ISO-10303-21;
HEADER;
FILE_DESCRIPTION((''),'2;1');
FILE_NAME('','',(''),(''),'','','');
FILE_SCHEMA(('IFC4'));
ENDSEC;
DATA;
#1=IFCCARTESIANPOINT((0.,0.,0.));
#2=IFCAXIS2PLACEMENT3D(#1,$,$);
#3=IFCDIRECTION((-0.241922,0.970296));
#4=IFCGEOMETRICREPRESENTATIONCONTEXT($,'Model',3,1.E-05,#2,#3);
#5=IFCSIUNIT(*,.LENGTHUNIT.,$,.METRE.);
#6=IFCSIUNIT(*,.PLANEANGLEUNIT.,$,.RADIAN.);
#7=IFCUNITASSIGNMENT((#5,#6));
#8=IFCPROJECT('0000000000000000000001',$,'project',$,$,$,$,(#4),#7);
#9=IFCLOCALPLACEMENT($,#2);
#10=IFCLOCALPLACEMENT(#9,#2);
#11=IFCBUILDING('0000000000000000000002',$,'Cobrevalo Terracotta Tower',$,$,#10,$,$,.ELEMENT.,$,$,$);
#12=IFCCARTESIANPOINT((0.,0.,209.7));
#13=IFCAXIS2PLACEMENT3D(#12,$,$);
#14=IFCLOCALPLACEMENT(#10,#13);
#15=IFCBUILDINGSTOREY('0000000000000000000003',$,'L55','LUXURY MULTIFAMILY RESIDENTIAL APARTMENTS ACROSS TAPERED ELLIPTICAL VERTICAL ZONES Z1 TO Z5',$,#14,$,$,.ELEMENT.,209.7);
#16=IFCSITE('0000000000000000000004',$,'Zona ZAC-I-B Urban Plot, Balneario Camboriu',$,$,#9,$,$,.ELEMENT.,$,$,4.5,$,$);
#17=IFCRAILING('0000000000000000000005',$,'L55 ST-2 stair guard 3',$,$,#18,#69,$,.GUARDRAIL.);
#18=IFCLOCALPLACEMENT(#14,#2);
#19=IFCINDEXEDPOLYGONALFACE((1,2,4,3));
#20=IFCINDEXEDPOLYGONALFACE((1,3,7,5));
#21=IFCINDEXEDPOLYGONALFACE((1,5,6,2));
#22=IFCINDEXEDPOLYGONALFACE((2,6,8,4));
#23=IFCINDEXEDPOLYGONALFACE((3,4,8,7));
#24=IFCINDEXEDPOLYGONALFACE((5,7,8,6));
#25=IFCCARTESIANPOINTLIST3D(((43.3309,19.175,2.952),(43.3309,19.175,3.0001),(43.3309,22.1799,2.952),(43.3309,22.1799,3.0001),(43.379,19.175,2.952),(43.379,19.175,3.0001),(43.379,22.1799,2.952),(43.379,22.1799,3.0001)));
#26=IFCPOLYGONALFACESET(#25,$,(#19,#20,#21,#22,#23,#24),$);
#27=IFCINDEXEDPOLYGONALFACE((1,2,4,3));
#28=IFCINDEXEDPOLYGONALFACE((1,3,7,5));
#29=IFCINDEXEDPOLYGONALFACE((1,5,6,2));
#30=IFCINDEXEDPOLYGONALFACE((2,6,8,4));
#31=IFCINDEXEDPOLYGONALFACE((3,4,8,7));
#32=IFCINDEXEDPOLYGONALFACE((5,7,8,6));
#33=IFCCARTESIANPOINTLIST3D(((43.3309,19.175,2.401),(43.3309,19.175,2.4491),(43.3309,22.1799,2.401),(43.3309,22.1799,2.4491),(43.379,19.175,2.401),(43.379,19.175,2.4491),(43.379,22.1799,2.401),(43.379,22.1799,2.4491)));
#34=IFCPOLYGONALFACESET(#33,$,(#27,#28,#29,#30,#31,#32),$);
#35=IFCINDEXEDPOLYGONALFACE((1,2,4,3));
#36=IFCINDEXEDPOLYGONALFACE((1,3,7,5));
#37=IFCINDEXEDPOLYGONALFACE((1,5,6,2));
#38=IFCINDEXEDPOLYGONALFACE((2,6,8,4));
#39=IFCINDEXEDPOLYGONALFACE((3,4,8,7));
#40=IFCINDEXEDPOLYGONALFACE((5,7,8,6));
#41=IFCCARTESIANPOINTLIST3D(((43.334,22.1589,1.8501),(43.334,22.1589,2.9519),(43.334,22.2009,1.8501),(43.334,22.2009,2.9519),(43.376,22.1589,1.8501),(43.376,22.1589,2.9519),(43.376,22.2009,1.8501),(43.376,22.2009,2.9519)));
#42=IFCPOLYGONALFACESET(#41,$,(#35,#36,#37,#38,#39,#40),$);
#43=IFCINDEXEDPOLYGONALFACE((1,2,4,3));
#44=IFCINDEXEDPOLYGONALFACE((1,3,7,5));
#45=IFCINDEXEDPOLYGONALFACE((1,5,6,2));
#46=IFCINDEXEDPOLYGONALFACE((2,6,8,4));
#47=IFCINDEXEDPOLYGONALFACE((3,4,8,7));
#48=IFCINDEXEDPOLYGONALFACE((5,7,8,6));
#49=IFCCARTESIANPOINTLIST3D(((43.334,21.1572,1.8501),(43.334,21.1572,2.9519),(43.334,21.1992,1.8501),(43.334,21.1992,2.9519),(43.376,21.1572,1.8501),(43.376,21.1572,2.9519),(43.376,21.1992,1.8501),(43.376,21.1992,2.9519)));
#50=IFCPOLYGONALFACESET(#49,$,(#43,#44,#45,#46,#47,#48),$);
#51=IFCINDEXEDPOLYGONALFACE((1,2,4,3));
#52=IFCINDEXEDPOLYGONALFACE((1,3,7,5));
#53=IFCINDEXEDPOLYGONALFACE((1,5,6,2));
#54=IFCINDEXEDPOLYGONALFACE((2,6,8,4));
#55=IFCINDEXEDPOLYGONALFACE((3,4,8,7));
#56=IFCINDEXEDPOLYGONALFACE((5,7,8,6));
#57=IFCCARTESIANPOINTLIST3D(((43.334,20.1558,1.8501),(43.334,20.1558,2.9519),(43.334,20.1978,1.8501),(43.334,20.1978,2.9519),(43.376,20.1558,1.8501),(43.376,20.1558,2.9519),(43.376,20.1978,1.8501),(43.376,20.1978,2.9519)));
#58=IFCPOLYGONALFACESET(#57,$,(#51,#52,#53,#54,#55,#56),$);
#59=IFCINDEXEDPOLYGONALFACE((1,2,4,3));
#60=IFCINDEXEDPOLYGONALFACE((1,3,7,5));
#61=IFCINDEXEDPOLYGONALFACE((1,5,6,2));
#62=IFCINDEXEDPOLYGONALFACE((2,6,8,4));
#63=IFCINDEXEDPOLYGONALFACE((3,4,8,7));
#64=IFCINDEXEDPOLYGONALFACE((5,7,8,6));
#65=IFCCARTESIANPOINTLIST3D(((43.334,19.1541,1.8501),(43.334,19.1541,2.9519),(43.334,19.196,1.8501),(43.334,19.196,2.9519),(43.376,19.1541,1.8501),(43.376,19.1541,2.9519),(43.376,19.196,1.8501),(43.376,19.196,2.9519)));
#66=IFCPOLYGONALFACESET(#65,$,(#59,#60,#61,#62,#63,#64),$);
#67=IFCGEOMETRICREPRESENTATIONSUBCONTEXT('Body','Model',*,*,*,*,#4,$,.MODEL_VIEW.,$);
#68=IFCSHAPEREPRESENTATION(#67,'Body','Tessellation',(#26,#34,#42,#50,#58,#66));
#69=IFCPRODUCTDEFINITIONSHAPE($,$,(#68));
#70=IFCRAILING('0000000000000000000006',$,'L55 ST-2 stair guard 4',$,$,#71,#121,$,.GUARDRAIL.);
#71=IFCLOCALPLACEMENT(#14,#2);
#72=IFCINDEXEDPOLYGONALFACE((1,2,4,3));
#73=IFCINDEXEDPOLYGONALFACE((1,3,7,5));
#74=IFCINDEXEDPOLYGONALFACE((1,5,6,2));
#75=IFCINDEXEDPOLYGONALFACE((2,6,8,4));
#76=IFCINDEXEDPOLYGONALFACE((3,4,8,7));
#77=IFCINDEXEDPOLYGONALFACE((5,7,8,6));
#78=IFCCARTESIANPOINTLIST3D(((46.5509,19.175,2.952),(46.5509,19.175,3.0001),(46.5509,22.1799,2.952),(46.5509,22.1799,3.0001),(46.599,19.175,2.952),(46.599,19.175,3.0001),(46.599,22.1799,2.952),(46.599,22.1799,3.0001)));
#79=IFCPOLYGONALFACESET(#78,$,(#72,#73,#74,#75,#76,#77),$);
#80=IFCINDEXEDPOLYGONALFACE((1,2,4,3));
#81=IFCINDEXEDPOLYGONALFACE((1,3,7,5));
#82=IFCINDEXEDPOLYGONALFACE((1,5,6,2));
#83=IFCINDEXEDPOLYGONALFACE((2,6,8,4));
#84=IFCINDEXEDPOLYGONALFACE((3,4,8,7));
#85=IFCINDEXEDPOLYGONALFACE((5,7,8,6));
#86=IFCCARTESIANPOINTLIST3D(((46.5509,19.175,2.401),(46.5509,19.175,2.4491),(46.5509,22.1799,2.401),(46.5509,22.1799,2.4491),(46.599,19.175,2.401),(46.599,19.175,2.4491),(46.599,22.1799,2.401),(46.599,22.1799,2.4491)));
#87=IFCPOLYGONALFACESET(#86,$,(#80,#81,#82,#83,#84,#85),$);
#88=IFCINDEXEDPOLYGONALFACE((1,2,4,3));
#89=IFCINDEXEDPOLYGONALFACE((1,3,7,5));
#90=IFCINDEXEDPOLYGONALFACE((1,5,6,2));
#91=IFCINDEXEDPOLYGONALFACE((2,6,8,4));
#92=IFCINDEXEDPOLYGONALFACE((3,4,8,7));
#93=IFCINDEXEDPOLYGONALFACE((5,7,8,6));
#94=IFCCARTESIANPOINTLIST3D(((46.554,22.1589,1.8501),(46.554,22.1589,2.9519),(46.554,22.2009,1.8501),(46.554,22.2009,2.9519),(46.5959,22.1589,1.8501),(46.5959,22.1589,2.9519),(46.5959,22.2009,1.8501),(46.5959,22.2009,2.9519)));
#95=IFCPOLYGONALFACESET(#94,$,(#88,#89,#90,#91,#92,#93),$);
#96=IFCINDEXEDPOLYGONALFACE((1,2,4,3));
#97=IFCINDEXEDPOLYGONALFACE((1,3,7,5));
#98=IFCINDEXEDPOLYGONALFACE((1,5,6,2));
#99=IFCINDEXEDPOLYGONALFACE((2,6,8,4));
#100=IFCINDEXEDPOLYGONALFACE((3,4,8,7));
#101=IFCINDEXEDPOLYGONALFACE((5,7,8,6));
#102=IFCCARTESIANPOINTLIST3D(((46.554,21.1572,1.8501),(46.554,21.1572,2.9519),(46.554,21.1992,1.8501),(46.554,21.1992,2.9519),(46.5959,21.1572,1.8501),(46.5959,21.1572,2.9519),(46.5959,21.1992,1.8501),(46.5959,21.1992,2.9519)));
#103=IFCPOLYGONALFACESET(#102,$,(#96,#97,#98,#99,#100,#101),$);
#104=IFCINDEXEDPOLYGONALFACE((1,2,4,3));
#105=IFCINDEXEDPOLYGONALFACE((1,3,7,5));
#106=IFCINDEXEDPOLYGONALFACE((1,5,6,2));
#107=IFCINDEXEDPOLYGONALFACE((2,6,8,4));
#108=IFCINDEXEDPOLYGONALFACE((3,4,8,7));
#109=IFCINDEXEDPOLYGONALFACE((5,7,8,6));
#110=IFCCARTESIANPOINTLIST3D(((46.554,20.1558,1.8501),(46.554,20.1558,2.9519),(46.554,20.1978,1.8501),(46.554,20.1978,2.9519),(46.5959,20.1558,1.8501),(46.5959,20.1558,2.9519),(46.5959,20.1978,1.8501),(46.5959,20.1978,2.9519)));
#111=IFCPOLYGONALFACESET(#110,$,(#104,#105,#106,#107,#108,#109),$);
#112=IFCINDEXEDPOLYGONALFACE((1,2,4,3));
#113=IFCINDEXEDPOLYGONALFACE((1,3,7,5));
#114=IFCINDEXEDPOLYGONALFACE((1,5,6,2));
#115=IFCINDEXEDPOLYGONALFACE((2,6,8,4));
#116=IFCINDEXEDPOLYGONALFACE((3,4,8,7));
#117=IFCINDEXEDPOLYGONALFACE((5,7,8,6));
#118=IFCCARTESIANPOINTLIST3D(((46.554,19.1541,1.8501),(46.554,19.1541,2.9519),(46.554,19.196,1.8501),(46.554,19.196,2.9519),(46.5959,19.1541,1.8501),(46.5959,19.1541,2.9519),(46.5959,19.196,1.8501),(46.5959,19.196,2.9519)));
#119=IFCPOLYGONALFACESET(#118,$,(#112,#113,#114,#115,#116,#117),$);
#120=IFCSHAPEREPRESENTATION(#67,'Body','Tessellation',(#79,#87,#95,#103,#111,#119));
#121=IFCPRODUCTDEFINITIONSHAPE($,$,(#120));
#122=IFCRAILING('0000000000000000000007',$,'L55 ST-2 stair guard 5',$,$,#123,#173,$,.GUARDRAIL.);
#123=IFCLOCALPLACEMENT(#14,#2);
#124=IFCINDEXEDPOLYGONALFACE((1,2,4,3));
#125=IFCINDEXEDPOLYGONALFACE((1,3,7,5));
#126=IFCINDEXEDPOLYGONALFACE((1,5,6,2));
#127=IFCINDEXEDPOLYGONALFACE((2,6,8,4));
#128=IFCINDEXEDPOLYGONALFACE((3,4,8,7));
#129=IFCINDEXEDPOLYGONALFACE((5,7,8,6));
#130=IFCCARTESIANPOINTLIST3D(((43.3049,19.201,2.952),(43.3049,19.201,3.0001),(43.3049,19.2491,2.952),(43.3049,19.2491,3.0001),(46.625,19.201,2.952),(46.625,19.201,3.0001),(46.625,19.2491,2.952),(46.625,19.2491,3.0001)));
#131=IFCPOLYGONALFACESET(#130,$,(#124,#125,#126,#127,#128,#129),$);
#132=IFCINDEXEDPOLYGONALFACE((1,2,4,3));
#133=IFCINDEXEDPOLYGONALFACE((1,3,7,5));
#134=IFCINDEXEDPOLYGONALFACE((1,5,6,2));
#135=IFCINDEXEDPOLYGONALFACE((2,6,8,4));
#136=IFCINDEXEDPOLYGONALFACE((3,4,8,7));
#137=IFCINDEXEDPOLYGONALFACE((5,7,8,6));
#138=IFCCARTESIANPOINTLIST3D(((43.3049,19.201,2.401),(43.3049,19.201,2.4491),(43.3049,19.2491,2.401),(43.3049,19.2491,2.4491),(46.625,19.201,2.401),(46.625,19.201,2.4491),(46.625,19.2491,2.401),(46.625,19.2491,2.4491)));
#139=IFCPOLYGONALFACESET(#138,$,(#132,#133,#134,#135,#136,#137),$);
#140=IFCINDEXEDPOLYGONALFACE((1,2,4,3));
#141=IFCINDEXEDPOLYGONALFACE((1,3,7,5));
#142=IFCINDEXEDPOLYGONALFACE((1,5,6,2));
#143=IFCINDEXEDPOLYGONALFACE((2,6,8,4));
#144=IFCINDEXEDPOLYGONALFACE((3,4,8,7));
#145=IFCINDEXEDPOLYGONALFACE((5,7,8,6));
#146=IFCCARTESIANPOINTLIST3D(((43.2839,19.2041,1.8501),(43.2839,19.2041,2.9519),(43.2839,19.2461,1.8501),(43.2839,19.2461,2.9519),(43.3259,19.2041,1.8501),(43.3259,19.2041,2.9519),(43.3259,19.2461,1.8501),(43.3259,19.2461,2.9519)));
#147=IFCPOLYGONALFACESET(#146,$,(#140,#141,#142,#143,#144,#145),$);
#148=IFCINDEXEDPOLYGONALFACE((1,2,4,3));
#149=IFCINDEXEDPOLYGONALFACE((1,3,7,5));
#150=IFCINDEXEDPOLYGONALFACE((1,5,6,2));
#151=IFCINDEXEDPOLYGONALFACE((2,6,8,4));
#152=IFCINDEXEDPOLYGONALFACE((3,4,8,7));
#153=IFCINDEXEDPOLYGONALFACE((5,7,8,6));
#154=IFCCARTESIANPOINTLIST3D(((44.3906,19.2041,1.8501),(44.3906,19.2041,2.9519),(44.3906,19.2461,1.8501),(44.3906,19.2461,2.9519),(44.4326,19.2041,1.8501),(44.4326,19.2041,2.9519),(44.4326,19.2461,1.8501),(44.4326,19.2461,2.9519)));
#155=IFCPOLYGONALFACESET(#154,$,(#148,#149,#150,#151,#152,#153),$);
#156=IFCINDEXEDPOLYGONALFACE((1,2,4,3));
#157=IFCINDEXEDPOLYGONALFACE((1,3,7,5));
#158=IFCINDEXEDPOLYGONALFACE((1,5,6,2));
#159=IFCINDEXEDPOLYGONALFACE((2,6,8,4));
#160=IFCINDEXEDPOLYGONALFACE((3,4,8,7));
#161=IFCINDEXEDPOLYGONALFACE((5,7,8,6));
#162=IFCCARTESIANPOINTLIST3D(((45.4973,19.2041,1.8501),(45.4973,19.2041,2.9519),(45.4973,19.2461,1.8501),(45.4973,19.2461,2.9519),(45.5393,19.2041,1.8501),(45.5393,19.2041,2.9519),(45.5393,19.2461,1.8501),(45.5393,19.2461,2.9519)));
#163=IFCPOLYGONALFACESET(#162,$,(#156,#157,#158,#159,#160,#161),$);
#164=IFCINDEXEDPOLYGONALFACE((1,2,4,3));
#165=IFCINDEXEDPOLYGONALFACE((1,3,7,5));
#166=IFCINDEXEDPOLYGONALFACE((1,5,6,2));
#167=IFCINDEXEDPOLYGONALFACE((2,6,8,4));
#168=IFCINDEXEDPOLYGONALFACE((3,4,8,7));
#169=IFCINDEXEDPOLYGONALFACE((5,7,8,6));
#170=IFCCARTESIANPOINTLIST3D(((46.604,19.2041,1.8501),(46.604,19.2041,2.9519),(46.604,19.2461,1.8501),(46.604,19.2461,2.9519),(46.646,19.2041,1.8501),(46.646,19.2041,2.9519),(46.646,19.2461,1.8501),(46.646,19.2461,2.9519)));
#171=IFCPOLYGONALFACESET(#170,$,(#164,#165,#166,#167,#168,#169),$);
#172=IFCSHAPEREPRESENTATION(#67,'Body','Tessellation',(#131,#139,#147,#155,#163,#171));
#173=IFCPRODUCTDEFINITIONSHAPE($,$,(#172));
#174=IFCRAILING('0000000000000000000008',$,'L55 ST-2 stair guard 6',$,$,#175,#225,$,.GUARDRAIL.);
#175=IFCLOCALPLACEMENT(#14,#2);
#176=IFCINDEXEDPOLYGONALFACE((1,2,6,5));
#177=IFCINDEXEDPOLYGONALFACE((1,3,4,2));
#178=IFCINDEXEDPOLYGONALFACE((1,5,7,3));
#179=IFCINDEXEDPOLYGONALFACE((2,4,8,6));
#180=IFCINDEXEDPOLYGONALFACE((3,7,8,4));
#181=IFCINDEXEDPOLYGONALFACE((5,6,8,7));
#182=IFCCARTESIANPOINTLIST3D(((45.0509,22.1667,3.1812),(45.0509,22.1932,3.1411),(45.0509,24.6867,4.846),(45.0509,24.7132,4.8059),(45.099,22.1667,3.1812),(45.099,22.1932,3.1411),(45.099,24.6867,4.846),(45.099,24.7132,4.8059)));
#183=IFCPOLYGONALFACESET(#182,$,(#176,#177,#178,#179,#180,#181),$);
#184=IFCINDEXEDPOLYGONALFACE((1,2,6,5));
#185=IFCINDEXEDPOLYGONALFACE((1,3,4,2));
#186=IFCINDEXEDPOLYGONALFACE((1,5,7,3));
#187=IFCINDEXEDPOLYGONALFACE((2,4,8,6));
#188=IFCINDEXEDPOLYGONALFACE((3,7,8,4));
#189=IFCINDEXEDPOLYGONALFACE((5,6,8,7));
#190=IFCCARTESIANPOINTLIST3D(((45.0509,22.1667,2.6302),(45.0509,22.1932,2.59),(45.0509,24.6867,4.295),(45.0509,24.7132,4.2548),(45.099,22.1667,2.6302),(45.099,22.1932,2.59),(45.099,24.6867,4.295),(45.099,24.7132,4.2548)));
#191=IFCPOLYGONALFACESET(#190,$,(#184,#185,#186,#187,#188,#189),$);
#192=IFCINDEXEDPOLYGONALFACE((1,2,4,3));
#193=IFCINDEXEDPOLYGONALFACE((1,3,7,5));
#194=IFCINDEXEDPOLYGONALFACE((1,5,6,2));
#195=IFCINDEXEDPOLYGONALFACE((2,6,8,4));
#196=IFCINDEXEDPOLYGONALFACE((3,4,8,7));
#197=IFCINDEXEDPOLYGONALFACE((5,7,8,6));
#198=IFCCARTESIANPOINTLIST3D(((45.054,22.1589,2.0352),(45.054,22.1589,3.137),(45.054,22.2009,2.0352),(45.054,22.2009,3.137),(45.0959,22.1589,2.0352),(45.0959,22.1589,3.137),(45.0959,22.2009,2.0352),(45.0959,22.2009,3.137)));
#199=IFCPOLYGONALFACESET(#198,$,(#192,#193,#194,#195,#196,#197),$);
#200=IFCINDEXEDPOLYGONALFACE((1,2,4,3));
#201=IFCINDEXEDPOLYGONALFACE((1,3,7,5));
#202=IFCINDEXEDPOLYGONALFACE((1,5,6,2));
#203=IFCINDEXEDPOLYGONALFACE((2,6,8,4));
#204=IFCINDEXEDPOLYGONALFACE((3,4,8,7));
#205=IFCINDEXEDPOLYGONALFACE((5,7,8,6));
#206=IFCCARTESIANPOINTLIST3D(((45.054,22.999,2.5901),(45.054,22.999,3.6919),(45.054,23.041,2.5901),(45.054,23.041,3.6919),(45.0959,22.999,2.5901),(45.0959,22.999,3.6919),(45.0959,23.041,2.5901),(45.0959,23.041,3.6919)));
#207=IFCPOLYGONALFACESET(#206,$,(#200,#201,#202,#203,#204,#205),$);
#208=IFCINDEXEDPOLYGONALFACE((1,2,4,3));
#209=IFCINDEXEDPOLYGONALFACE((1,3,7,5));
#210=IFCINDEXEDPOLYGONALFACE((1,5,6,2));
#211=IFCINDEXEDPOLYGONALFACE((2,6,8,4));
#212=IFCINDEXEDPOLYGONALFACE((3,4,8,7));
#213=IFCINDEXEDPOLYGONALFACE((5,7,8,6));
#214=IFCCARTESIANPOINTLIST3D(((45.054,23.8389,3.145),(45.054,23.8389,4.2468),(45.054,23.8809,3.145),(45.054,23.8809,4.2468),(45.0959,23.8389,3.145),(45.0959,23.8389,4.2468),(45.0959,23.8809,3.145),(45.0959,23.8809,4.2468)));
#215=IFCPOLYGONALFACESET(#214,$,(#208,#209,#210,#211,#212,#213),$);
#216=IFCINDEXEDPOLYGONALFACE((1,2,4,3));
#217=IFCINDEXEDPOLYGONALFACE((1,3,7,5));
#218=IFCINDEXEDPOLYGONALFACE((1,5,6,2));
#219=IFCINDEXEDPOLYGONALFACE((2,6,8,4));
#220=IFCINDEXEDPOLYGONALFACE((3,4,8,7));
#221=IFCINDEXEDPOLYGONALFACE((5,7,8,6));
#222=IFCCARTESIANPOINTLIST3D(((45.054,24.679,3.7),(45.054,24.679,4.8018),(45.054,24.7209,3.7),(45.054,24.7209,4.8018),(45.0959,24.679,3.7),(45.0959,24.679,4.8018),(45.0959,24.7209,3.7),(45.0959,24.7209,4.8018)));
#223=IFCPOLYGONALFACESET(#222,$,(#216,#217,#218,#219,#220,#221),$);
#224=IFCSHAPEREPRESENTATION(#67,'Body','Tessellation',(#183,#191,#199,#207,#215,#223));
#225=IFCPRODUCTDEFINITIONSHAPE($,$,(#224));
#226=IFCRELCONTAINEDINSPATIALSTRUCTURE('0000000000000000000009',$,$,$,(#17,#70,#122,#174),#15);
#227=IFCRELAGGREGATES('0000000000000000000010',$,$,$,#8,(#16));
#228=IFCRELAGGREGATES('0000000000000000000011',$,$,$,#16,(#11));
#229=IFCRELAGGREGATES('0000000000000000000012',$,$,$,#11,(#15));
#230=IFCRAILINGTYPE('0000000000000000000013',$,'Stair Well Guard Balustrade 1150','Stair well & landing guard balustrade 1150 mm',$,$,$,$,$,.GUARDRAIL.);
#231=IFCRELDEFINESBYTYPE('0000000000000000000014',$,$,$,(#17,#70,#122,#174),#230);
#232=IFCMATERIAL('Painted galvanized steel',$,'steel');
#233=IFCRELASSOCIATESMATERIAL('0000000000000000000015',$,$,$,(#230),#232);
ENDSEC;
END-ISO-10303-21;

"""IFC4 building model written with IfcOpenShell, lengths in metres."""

from ifc_helpers import new_model, si_unit, direction, frame, origin, origin_2d, place, context, subcontext, project, spatial, rectangle, extrude, material, type_object, element, save


model = new_model("IFC4")

# Units and contexts
model_context = context("Model", 3, precision=1e-05, world=origin(), true_north=direction((-0.241922, 0.970296)))
body_context = subcontext(model_context, "Body", "Model", "MODEL_VIEW")
ifc_project = project(units=[si_unit("LENGTHUNIT", "METRE"), si_unit("PLANEANGLEUNIT", "RADIAN")], contexts=[model_context])

# Site, building, storey
site_placement = place(None, origin())
site = spatial("IfcSite", under=ifc_project, at=site_placement, Name="Zona ZAC-I-B Urban Plot, Balneario Camboriu", CompositionType="ELEMENT", RefElevation=4.5)
building_placement = place(site_placement, origin())
building = spatial("IfcBuilding", under=site, at=building_placement, Name="Cobrevalo Terracotta Tower", CompositionType="ELEMENT")
storey_placement = place(building_placement, frame((0.0, 0.0, 209.7)))
storey = spatial("IfcBuildingStorey", under=building, at=storey_placement, Name="L55", Description="LUXURY MULTIFAMILY RESIDENTIAL APARTMENTS ACROSS TAPERED ELLIPTICAL VERTICAL ZONES Z1 TO Z5", CompositionType="ELEMENT", Elevation=209.7)

# Railings
ifc_material_1 = material(Name="Painted galvanized steel", Category="steel")
railing_type_1 = type_object("IfcRailingType", Name="Stair Well Guard Balustrade 1150", Description="Stair well & landing guard balustrade 1150 mm", PredefinedType="GUARDRAIL", material=ifc_material_1)
for number, where, name in (
    (1, (43.355, 22.1799, 1.8501), "L55 ST-2 stair guard 3"),
    (2, (46.575, 22.1799, 1.8501), "L55 ST-2 stair guard 4"),
):
    element("IfcRailing", number, at=place(storey_placement, frame(where)), inside=storey, type_object=railing_type_1, Name=name, PredefinedType="GUARDRAIL", context=body_context, shape_type="SweptSolid", body=[
        extrude(rectangle(XDim=0.0481, YDim=0.0481, at=origin_2d()), frame((0.0, 0.0, 1.126), z_axis=(0.0, -1.0, 0.0), x_axis=(1.0, 0.0, 0.0)), (0.0, 0.0, 1.0), 3.0049),
        extrude(rectangle(XDim=0.0481, YDim=0.0481, at=origin_2d()), frame((0.0, 0.0, 0.575), z_axis=(0.0, -1.0, 0.0), x_axis=(1.0, 0.0, 0.0)), (0.0, 0.0, 1.0), 3.0049),
        extrude(rectangle(XDim=0.042, YDim=0.042, at=origin_2d()), origin(), (0.0, 0.0, 1.0), 1.1018),
        extrude(rectangle(XDim=0.042, YDim=0.042, at=origin_2d()), frame((0.0, -1.0017, 0.0)), (0.0, 0.0, 1.0), 1.1018),
        extrude(rectangle(XDim=0.042, YDim=0.042, at=origin_2d()), frame((0.0, -2.0032, 0.0)), (0.0, 0.0, 1.0), 1.1018),
        extrude(rectangle(XDim=0.042, YDim=0.042, at=origin_2d()), frame((0.0, -3.0049, 0.0)), (0.0, 0.0, 1.0), 1.1018),
    ])
railing_1_placement = place(storey_placement, frame((43.3049, 19.2251, 1.8501)))
element("IfcRailing", 3, at=railing_1_placement, inside=storey, type_object=railing_type_1, Name="L55 ST-2 stair guard 5", PredefinedType="GUARDRAIL", context=body_context, shape_type="SweptSolid", body=[
    extrude(rectangle(XDim=0.0481, YDim=0.0481, at=origin_2d()), frame((0.0, 0.0, 1.126), z_axis=(1.0, 0.0, 0.0), x_axis=(0.0, 1.0, 0.0)), (0.0, 0.0, 1.0), 3.3201),
    extrude(rectangle(XDim=0.0481, YDim=0.0481, at=origin_2d()), frame((0.0, 0.0, 0.575), z_axis=(1.0, 0.0, 0.0), x_axis=(0.0, 1.0, 0.0)), (0.0, 0.0, 1.0), 3.3201),
    extrude(rectangle(XDim=0.042, YDim=0.042, at=origin_2d()), origin(), (0.0, 0.0, 1.0), 1.1018),
    extrude(rectangle(XDim=0.042, YDim=0.042, at=origin_2d()), frame((1.1067, 0.0, 0.0)), (0.0, 0.0, 1.0), 1.1018),
    extrude(rectangle(XDim=0.042, YDim=0.042, at=origin_2d()), frame((2.2134, 0.0, 0.0)), (0.0, 0.0, 1.0), 1.1018),
    extrude(rectangle(XDim=0.042, YDim=0.042, at=origin_2d()), frame((3.3201, 0.0, 0.0)), (0.0, 0.0, 1.0), 1.1018),
])
railing_2_placement = place(storey_placement, frame((45.075, 22.1799, 2.0352)))
element("IfcRailing", 4, at=railing_2_placement, inside=storey, type_object=railing_type_1, Name="L55 ST-2 stair guard 6", PredefinedType="GUARDRAIL", context=body_context, shape_type="SweptSolid", body=[
    extrude(rectangle(XDim=0.0481, YDim=0.0481, at=origin_2d()), frame((0.0, 0.0, 1.126), z_axis=(0.0, 0.834369, 0.551207), x_axis=(-1.0, 0.0, 0.0)), (0.0, 0.0, 1.0), 3.0203),
    extrude(rectangle(XDim=0.0481, YDim=0.0481, at=origin_2d()), frame((0.0, 0.0, 0.575), z_axis=(0.0, 0.834369, 0.551207), x_axis=(-1.0, 0.0, 0.0)), (0.0, 0.0, 1.0), 3.0203),
    extrude(rectangle(XDim=0.042, YDim=0.042, at=origin_2d()), origin(), (0.0, 0.0, 1.0), 1.1018),
    extrude(rectangle(XDim=0.042, YDim=0.042, at=origin_2d()), frame((0.0, 0.8401, 0.5549)), (0.0, 0.0, 1.0), 1.1018),
    extrude(rectangle(XDim=0.042, YDim=0.042, at=origin_2d()), frame((0.0, 1.6799, 1.1099)), (0.0, 0.0, 1.0), 1.1018),
    extrude(rectangle(XDim=0.042, YDim=0.042, at=origin_2d()), frame((0.0, 2.52, 1.6648)), (0.0, 0.0, 1.0), 1.1018),
])

save(model, "model.ifc")
